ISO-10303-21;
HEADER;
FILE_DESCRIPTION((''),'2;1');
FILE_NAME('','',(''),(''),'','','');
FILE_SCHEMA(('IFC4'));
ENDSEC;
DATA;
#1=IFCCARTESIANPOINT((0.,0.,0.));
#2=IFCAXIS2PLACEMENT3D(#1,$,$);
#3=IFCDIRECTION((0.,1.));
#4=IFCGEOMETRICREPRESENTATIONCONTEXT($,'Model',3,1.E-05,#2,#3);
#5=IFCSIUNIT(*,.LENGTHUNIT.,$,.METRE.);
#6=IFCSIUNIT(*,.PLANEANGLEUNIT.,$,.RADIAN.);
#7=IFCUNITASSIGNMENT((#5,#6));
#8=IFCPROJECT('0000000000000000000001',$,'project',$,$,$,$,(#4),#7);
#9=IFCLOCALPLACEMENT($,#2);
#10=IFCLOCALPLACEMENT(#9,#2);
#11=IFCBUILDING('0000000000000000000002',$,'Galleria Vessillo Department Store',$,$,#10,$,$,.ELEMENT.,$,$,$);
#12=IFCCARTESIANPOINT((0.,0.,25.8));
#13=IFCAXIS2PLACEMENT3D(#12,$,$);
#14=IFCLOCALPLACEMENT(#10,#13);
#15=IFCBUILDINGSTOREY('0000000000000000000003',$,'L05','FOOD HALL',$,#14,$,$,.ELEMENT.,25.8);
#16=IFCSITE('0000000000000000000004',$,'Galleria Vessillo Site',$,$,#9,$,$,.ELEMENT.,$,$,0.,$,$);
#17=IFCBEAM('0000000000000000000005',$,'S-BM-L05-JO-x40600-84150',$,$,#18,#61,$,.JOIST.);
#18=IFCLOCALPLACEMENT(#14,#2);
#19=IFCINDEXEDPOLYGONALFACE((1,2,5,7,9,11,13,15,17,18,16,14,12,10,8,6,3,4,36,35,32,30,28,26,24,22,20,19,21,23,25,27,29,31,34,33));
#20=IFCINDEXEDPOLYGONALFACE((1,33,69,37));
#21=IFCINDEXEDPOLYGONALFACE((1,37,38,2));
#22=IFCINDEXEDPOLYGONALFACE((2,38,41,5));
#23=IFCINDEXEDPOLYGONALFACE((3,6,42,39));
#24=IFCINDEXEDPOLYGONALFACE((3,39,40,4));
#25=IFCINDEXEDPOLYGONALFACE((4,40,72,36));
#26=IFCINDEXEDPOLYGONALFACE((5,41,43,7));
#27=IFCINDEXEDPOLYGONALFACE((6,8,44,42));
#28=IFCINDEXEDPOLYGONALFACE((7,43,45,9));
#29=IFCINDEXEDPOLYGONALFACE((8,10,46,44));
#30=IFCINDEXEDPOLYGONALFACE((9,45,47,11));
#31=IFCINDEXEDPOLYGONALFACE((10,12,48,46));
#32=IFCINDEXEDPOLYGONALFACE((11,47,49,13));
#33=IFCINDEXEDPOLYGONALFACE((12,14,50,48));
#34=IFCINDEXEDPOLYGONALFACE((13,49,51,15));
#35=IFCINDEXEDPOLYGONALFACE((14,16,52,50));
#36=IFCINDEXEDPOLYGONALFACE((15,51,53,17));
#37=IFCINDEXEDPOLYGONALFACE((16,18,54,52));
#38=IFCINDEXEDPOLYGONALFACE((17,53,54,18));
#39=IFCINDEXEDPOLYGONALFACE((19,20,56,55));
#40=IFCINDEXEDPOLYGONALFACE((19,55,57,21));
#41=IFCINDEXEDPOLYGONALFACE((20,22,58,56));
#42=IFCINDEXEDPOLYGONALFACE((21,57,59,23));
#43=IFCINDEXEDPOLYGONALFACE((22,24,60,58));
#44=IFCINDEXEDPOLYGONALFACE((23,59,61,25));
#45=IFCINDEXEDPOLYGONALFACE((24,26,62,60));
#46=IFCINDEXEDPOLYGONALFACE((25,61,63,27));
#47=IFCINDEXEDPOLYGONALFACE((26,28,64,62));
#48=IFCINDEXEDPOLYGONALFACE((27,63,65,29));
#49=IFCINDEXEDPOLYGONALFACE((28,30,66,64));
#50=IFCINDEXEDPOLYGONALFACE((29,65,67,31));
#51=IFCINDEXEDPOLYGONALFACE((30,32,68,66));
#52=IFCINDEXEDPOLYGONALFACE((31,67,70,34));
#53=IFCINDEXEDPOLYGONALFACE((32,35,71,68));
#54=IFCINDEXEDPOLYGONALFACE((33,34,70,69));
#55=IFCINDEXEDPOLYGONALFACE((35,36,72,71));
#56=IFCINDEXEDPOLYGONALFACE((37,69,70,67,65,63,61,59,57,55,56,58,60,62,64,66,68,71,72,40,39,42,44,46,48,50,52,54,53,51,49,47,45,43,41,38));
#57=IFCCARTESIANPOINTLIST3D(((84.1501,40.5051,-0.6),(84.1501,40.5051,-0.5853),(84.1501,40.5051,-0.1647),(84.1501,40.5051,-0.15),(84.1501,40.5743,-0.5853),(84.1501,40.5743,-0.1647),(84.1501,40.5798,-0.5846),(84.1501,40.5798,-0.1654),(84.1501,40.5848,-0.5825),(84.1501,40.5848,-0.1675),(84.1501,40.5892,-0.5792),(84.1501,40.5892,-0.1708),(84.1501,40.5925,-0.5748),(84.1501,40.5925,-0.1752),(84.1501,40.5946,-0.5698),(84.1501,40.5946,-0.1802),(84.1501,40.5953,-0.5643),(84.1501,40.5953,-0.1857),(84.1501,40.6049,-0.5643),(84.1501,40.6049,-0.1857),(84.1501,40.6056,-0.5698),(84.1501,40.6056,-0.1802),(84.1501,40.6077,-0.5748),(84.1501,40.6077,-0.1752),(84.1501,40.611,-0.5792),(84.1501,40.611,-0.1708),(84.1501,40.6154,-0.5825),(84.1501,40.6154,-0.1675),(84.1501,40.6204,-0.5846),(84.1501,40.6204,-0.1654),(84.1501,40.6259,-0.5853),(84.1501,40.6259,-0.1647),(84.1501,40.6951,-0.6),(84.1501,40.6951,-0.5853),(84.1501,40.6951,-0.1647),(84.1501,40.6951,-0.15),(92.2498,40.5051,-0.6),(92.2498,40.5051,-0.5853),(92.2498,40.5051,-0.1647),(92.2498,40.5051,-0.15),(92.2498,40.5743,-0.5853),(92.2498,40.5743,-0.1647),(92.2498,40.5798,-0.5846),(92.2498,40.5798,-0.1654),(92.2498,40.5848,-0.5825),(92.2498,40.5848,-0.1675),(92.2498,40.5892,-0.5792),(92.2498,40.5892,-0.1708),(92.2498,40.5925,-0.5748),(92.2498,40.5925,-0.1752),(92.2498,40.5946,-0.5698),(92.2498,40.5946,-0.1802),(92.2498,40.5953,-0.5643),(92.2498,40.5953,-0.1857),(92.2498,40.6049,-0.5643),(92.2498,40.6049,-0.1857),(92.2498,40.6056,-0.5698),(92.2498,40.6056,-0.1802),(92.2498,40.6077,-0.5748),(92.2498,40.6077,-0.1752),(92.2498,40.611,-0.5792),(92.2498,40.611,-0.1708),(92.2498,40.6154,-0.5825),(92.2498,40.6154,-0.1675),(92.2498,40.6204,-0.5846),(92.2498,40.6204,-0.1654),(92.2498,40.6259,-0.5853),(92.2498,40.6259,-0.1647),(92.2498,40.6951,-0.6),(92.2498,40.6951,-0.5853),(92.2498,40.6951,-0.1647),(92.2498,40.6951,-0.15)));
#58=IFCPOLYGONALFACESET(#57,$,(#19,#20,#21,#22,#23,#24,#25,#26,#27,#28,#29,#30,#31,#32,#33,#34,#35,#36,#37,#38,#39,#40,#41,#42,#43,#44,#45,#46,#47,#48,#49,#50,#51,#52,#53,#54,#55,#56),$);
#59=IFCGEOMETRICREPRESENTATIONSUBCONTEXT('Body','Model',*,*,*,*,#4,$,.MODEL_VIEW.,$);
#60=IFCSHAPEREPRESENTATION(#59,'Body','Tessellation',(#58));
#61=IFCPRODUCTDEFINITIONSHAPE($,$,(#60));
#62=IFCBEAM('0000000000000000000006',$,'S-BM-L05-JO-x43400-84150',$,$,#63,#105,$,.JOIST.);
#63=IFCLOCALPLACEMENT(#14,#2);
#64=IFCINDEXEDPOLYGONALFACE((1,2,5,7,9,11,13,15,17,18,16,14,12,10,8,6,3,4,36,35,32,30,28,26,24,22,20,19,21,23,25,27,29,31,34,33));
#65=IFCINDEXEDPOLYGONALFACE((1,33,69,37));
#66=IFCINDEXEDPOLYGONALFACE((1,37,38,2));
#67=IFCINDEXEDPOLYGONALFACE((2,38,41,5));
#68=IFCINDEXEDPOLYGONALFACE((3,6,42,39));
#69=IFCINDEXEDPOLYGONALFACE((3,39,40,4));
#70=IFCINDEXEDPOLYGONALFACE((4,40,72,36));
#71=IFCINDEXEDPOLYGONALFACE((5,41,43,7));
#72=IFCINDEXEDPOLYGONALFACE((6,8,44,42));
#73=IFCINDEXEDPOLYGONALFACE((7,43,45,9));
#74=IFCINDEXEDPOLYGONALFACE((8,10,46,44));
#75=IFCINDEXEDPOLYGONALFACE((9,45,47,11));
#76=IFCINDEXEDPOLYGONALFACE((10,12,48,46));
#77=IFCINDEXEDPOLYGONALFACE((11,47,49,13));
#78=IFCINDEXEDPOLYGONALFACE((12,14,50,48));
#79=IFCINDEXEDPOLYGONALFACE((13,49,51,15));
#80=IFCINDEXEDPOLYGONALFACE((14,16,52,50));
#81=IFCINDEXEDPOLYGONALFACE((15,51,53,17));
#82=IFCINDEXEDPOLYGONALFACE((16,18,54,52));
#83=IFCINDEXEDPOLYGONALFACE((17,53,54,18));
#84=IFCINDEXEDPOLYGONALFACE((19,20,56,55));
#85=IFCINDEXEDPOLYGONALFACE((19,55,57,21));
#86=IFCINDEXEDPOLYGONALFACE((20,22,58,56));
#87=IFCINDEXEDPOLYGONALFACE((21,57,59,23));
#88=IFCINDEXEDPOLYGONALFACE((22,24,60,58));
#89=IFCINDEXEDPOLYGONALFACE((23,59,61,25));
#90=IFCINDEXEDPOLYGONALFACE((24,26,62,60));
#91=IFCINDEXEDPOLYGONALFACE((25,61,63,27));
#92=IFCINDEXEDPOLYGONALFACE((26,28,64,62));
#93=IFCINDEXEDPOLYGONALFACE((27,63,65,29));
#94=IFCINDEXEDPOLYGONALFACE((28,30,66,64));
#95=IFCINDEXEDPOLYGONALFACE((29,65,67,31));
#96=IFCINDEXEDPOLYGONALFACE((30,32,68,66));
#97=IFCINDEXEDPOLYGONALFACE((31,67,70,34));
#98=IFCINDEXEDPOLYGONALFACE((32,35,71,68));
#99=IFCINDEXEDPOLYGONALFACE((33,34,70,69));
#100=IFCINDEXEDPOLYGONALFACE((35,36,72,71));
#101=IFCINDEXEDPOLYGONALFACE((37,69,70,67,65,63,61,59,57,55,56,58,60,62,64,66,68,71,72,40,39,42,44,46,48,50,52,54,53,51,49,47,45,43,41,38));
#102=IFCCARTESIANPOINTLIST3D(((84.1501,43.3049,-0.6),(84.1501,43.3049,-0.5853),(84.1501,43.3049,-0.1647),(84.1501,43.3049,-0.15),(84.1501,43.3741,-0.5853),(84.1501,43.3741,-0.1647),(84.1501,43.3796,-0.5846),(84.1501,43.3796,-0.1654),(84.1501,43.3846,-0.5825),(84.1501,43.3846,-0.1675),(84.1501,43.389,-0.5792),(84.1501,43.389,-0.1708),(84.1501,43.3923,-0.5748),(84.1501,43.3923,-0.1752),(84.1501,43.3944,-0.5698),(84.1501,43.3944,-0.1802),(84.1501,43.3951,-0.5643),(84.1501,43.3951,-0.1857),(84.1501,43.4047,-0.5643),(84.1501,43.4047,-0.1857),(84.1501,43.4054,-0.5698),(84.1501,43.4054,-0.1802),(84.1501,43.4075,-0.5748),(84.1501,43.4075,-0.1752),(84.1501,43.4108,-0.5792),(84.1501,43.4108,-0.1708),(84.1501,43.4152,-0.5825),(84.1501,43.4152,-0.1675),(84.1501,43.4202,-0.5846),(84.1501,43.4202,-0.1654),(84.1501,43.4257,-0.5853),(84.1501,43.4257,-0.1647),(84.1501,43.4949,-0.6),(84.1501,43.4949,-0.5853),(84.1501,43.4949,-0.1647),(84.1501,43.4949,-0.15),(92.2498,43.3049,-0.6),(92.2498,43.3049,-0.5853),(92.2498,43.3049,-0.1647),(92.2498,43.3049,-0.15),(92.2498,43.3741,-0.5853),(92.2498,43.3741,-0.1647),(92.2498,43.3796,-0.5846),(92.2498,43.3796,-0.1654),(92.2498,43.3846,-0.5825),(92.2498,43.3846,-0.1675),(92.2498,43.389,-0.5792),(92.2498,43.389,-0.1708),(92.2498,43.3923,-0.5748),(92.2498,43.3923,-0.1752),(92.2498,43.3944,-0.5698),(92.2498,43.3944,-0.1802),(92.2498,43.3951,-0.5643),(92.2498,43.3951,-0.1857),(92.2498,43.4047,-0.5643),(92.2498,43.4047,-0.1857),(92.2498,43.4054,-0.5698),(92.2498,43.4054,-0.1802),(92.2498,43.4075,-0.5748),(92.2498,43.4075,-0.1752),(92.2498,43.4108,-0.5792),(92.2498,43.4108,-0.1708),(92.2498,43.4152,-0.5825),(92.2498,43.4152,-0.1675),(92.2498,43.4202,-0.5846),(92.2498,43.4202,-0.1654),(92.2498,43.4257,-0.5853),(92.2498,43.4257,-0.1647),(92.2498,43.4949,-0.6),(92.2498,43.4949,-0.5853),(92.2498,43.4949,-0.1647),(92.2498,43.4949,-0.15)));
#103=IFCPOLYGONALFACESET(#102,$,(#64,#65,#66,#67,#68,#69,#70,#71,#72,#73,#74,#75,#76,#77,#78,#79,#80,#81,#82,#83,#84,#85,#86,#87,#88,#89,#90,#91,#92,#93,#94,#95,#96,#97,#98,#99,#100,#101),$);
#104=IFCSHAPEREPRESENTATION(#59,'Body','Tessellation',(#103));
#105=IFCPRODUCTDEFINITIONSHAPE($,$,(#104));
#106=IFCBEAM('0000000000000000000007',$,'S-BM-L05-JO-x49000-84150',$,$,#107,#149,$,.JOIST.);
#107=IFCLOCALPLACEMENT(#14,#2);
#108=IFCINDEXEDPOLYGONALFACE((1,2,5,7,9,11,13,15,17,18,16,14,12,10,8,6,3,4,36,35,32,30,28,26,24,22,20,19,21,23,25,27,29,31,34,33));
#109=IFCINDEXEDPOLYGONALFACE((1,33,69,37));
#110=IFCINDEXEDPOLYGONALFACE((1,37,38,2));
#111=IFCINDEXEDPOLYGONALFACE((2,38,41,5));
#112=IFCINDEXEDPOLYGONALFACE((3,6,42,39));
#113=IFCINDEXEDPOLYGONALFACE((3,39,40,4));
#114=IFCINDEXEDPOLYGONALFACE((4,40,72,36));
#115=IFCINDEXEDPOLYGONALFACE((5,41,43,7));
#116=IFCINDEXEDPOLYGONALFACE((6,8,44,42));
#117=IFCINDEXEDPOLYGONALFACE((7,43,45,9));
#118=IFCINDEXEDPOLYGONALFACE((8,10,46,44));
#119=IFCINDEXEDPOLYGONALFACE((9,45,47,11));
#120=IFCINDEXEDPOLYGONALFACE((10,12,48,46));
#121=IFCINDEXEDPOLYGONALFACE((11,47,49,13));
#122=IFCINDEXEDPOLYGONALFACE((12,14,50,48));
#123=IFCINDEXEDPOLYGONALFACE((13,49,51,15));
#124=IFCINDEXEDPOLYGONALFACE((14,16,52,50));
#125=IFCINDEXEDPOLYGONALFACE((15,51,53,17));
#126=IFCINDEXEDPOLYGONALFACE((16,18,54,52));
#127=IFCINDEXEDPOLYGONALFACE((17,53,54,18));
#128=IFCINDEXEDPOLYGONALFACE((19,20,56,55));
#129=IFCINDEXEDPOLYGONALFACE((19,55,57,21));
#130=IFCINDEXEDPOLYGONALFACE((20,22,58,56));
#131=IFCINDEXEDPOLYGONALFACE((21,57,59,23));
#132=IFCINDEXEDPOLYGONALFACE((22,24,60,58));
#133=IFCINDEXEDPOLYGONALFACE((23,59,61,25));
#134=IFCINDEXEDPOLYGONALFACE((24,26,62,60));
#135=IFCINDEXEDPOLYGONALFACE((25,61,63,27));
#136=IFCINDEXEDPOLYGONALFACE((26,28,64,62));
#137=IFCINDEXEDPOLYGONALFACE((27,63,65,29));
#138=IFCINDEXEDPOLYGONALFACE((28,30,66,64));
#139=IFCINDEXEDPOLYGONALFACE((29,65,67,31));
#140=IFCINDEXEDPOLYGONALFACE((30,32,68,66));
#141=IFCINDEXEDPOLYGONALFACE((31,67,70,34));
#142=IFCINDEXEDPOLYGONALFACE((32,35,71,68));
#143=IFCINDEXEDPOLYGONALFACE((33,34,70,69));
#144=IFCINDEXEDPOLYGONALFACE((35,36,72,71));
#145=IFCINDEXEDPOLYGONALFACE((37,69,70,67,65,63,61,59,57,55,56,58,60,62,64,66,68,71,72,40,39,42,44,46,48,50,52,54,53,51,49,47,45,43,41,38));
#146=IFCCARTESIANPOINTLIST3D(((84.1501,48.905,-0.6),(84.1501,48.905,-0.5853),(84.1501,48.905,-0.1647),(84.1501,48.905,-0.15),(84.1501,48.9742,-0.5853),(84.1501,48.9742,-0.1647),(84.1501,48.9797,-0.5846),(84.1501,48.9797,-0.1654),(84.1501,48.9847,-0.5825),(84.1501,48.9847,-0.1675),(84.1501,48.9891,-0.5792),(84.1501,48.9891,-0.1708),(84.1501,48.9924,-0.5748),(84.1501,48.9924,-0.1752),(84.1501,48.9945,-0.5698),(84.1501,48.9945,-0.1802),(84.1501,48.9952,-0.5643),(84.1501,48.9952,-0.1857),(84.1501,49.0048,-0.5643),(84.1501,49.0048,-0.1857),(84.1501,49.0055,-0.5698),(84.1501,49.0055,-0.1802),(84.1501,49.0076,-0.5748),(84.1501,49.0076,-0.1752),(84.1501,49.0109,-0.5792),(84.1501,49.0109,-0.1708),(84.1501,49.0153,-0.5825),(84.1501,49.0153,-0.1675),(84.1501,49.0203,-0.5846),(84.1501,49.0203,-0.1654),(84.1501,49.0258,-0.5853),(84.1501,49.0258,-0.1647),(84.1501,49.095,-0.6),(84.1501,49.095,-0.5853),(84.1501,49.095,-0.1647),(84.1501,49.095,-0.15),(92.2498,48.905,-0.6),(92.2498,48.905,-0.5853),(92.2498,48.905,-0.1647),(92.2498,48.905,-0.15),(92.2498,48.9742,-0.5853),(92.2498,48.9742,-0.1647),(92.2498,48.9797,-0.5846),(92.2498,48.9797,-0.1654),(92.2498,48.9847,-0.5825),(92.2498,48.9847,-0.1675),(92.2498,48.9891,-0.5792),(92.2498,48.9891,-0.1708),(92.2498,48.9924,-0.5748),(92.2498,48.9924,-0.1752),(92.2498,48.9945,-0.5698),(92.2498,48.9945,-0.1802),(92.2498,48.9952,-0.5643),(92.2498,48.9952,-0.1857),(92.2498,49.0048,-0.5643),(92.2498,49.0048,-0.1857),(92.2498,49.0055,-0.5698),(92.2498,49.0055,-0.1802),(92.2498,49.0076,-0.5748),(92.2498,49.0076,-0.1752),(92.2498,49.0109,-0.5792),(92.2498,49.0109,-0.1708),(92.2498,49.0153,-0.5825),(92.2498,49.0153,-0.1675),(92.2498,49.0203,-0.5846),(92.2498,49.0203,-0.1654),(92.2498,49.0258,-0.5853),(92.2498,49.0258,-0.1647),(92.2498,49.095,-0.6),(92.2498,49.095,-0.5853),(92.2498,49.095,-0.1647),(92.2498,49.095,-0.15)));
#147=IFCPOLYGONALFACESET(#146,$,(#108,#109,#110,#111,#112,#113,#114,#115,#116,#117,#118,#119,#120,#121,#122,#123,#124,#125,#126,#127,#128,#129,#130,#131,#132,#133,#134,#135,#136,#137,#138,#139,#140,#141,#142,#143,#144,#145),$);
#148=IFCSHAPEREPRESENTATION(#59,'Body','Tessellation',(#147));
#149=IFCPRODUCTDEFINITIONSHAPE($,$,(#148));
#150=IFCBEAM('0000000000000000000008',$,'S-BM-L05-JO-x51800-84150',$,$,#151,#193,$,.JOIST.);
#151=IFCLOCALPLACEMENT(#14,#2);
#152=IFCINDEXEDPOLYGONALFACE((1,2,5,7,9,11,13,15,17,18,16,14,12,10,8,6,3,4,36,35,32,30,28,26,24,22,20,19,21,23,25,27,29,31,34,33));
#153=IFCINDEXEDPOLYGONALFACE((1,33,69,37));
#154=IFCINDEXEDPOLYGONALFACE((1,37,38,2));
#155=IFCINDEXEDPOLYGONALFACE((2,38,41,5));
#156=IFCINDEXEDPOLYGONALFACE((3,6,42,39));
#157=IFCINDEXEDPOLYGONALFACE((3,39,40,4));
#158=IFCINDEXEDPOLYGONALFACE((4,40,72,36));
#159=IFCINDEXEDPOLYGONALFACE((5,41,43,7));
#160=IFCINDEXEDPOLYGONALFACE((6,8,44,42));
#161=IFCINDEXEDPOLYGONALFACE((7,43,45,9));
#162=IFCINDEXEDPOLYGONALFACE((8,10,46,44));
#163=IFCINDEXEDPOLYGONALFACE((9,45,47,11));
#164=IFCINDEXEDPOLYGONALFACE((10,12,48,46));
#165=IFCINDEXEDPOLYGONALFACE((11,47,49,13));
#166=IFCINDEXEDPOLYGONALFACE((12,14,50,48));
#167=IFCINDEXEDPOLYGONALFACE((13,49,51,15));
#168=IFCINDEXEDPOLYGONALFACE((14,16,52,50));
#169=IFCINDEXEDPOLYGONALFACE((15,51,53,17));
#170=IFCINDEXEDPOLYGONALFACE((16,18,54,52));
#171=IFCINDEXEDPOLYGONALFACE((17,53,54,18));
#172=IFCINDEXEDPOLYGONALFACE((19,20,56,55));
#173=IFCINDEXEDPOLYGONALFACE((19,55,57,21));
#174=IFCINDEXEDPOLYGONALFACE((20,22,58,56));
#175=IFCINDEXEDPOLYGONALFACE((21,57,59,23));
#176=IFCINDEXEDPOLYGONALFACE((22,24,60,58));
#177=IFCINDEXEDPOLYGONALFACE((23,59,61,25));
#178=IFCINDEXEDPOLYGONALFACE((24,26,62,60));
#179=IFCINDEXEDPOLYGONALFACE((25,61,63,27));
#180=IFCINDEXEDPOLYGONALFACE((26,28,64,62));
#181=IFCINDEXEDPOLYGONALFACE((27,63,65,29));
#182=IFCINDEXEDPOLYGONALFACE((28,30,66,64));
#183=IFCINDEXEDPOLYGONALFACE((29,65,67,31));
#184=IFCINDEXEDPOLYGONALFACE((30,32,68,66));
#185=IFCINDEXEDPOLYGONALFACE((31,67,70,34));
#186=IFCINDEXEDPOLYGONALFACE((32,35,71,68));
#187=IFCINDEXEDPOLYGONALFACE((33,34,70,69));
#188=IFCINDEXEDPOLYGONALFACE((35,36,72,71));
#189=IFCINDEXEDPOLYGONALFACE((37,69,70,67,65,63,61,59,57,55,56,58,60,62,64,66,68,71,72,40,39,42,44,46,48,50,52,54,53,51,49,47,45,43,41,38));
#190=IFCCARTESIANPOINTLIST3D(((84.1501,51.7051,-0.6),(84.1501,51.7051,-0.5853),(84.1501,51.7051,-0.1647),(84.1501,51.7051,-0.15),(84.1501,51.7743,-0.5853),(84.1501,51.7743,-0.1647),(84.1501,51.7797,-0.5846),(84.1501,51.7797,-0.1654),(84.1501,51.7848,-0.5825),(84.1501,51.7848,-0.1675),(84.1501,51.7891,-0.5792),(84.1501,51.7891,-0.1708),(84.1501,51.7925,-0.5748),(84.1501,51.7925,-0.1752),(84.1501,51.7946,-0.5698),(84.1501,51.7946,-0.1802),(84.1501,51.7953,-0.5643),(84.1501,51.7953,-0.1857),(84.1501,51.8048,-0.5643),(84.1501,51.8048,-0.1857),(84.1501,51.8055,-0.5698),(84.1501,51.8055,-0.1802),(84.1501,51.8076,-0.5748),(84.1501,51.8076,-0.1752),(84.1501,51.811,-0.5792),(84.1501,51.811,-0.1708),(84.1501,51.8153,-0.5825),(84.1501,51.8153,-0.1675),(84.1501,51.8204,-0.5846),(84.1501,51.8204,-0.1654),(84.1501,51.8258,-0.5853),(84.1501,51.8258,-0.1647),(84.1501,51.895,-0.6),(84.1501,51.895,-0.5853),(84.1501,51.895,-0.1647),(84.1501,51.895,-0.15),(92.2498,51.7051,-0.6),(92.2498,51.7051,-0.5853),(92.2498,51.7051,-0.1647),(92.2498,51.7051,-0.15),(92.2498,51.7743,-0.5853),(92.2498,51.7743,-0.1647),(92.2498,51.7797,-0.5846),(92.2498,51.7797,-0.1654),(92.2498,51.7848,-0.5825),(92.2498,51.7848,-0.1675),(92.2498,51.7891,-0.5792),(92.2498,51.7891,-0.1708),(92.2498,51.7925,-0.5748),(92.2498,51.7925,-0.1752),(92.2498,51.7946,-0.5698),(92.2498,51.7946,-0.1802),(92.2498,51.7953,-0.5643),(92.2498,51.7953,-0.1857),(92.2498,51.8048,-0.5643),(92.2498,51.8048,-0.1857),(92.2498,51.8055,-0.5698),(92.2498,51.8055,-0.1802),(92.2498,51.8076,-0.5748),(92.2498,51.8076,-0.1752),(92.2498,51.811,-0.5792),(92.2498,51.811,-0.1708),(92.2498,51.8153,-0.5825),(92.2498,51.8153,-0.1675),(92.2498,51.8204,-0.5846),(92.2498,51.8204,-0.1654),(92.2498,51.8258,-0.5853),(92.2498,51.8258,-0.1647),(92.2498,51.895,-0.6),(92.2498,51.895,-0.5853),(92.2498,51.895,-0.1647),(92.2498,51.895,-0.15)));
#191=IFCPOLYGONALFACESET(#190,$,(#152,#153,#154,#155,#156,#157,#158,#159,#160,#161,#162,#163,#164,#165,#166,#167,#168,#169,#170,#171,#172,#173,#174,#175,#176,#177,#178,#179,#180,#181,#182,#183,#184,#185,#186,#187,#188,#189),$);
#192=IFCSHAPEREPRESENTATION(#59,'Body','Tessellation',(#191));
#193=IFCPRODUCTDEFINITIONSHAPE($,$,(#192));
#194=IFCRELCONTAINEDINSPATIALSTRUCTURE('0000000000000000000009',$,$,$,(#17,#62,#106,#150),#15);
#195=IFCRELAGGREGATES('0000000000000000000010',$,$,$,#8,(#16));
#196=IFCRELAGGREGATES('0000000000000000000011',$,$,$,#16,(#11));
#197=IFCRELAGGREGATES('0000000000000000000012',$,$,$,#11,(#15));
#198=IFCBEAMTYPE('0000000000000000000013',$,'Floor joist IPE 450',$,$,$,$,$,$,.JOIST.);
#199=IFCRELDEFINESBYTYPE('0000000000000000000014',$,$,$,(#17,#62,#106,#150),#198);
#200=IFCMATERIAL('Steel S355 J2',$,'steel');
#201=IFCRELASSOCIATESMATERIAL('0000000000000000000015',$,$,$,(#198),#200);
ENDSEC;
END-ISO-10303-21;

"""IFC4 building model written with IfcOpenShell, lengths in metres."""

from ifc_helpers import new_model, si_unit, direction, frame, origin, origin_2d, place, context, subcontext, project, spatial, i_section, extrude, material, material_profile, profile_set, type_object, element, save


model = new_model("IFC4")

# Units and contexts
model_context = context("Model", 3, precision=1e-05, world=origin(), true_north=direction((0.0, 1.0)))
body_context = subcontext(model_context, "Body", "Model", "MODEL_VIEW")
ifc_project = project(units=[si_unit("LENGTHUNIT", "METRE"), si_unit("PLANEANGLEUNIT", "RADIAN")], contexts=[model_context])

# Site, building, storey
site_placement = place(None, origin())
site = spatial("IfcSite", under=ifc_project, at=site_placement, Name="Galleria Vessillo Site", CompositionType="ELEMENT", RefElevation=0.0)
building_placement = place(site_placement, origin())
building = spatial("IfcBuilding", under=site, at=building_placement, Name="Galleria Vessillo Department Store", CompositionType="ELEMENT")
storey_placement = place(building_placement, frame((0.0, 0.0, 25.8)))
storey = spatial("IfcBuildingStorey", under=building, at=storey_placement, Name="L05", Description="FOOD HALL", CompositionType="ELEMENT", Elevation=25.8)

# Beams
ifc_material_1 = material(Name="Steel S355 J2", Category="steel")
ifc_material_profile_1 = material_profile(ifc_material_1, i_section(OverallWidth=0.1899, OverallDepth=0.45, WebThickness=0.0095, FlangeThickness=0.0146, FilletRadius=0.021, at=origin_2d()), Name="IPE 450")
ifc_profile_set_1 = profile_set([ifc_material_profile_1], Name="Steel S355 J2")
beam_type_1 = type_object("IfcBeamType", Name="Floor joist IPE 450", PredefinedType="JOIST", material=ifc_profile_set_1)
for number, where, z_axis, x_axis, name in (
    (1, (84.1501, 40.6001, -0.375), (1.0, 0.0, 0.0), (0.0, 1.0, 0.0), "S-BM-L05-JO-x40600-84150"),
    (2, (84.1501, 43.3999, -0.375), (1.0, 0.0, 0.0), (0.0, 1.0, 0.0), "S-BM-L05-JO-x43400-84150"),
    (3, (84.1501, 49.0, -0.375), (1.0, 0.0, 0.0), (0.0, 1.0, 0.0), "S-BM-L05-JO-x49000-84150"),
    (4, (84.1501, 51.8, -0.375), (1.0, 0.0, 0.0), (0.0, 1.0, 0.0), "S-BM-L05-JO-x51800-84150"),
):
    element("IfcBeam", number, at=place(storey_placement, frame(where, z_axis=z_axis, x_axis=x_axis)), inside=storey, type_object=beam_type_1, Name=name, PredefinedType="JOIST", context=body_context, shape_type="SweptSolid", body=[
        extrude(i_section(OverallWidth=0.1899, OverallDepth=0.45, WebThickness=0.0095, FlangeThickness=0.0146, FilletRadius=0.021, at=origin_2d()), origin(), (0.0, 0.0, 1.0), 8.0996),
    ])

save(model, "model.ifc")
